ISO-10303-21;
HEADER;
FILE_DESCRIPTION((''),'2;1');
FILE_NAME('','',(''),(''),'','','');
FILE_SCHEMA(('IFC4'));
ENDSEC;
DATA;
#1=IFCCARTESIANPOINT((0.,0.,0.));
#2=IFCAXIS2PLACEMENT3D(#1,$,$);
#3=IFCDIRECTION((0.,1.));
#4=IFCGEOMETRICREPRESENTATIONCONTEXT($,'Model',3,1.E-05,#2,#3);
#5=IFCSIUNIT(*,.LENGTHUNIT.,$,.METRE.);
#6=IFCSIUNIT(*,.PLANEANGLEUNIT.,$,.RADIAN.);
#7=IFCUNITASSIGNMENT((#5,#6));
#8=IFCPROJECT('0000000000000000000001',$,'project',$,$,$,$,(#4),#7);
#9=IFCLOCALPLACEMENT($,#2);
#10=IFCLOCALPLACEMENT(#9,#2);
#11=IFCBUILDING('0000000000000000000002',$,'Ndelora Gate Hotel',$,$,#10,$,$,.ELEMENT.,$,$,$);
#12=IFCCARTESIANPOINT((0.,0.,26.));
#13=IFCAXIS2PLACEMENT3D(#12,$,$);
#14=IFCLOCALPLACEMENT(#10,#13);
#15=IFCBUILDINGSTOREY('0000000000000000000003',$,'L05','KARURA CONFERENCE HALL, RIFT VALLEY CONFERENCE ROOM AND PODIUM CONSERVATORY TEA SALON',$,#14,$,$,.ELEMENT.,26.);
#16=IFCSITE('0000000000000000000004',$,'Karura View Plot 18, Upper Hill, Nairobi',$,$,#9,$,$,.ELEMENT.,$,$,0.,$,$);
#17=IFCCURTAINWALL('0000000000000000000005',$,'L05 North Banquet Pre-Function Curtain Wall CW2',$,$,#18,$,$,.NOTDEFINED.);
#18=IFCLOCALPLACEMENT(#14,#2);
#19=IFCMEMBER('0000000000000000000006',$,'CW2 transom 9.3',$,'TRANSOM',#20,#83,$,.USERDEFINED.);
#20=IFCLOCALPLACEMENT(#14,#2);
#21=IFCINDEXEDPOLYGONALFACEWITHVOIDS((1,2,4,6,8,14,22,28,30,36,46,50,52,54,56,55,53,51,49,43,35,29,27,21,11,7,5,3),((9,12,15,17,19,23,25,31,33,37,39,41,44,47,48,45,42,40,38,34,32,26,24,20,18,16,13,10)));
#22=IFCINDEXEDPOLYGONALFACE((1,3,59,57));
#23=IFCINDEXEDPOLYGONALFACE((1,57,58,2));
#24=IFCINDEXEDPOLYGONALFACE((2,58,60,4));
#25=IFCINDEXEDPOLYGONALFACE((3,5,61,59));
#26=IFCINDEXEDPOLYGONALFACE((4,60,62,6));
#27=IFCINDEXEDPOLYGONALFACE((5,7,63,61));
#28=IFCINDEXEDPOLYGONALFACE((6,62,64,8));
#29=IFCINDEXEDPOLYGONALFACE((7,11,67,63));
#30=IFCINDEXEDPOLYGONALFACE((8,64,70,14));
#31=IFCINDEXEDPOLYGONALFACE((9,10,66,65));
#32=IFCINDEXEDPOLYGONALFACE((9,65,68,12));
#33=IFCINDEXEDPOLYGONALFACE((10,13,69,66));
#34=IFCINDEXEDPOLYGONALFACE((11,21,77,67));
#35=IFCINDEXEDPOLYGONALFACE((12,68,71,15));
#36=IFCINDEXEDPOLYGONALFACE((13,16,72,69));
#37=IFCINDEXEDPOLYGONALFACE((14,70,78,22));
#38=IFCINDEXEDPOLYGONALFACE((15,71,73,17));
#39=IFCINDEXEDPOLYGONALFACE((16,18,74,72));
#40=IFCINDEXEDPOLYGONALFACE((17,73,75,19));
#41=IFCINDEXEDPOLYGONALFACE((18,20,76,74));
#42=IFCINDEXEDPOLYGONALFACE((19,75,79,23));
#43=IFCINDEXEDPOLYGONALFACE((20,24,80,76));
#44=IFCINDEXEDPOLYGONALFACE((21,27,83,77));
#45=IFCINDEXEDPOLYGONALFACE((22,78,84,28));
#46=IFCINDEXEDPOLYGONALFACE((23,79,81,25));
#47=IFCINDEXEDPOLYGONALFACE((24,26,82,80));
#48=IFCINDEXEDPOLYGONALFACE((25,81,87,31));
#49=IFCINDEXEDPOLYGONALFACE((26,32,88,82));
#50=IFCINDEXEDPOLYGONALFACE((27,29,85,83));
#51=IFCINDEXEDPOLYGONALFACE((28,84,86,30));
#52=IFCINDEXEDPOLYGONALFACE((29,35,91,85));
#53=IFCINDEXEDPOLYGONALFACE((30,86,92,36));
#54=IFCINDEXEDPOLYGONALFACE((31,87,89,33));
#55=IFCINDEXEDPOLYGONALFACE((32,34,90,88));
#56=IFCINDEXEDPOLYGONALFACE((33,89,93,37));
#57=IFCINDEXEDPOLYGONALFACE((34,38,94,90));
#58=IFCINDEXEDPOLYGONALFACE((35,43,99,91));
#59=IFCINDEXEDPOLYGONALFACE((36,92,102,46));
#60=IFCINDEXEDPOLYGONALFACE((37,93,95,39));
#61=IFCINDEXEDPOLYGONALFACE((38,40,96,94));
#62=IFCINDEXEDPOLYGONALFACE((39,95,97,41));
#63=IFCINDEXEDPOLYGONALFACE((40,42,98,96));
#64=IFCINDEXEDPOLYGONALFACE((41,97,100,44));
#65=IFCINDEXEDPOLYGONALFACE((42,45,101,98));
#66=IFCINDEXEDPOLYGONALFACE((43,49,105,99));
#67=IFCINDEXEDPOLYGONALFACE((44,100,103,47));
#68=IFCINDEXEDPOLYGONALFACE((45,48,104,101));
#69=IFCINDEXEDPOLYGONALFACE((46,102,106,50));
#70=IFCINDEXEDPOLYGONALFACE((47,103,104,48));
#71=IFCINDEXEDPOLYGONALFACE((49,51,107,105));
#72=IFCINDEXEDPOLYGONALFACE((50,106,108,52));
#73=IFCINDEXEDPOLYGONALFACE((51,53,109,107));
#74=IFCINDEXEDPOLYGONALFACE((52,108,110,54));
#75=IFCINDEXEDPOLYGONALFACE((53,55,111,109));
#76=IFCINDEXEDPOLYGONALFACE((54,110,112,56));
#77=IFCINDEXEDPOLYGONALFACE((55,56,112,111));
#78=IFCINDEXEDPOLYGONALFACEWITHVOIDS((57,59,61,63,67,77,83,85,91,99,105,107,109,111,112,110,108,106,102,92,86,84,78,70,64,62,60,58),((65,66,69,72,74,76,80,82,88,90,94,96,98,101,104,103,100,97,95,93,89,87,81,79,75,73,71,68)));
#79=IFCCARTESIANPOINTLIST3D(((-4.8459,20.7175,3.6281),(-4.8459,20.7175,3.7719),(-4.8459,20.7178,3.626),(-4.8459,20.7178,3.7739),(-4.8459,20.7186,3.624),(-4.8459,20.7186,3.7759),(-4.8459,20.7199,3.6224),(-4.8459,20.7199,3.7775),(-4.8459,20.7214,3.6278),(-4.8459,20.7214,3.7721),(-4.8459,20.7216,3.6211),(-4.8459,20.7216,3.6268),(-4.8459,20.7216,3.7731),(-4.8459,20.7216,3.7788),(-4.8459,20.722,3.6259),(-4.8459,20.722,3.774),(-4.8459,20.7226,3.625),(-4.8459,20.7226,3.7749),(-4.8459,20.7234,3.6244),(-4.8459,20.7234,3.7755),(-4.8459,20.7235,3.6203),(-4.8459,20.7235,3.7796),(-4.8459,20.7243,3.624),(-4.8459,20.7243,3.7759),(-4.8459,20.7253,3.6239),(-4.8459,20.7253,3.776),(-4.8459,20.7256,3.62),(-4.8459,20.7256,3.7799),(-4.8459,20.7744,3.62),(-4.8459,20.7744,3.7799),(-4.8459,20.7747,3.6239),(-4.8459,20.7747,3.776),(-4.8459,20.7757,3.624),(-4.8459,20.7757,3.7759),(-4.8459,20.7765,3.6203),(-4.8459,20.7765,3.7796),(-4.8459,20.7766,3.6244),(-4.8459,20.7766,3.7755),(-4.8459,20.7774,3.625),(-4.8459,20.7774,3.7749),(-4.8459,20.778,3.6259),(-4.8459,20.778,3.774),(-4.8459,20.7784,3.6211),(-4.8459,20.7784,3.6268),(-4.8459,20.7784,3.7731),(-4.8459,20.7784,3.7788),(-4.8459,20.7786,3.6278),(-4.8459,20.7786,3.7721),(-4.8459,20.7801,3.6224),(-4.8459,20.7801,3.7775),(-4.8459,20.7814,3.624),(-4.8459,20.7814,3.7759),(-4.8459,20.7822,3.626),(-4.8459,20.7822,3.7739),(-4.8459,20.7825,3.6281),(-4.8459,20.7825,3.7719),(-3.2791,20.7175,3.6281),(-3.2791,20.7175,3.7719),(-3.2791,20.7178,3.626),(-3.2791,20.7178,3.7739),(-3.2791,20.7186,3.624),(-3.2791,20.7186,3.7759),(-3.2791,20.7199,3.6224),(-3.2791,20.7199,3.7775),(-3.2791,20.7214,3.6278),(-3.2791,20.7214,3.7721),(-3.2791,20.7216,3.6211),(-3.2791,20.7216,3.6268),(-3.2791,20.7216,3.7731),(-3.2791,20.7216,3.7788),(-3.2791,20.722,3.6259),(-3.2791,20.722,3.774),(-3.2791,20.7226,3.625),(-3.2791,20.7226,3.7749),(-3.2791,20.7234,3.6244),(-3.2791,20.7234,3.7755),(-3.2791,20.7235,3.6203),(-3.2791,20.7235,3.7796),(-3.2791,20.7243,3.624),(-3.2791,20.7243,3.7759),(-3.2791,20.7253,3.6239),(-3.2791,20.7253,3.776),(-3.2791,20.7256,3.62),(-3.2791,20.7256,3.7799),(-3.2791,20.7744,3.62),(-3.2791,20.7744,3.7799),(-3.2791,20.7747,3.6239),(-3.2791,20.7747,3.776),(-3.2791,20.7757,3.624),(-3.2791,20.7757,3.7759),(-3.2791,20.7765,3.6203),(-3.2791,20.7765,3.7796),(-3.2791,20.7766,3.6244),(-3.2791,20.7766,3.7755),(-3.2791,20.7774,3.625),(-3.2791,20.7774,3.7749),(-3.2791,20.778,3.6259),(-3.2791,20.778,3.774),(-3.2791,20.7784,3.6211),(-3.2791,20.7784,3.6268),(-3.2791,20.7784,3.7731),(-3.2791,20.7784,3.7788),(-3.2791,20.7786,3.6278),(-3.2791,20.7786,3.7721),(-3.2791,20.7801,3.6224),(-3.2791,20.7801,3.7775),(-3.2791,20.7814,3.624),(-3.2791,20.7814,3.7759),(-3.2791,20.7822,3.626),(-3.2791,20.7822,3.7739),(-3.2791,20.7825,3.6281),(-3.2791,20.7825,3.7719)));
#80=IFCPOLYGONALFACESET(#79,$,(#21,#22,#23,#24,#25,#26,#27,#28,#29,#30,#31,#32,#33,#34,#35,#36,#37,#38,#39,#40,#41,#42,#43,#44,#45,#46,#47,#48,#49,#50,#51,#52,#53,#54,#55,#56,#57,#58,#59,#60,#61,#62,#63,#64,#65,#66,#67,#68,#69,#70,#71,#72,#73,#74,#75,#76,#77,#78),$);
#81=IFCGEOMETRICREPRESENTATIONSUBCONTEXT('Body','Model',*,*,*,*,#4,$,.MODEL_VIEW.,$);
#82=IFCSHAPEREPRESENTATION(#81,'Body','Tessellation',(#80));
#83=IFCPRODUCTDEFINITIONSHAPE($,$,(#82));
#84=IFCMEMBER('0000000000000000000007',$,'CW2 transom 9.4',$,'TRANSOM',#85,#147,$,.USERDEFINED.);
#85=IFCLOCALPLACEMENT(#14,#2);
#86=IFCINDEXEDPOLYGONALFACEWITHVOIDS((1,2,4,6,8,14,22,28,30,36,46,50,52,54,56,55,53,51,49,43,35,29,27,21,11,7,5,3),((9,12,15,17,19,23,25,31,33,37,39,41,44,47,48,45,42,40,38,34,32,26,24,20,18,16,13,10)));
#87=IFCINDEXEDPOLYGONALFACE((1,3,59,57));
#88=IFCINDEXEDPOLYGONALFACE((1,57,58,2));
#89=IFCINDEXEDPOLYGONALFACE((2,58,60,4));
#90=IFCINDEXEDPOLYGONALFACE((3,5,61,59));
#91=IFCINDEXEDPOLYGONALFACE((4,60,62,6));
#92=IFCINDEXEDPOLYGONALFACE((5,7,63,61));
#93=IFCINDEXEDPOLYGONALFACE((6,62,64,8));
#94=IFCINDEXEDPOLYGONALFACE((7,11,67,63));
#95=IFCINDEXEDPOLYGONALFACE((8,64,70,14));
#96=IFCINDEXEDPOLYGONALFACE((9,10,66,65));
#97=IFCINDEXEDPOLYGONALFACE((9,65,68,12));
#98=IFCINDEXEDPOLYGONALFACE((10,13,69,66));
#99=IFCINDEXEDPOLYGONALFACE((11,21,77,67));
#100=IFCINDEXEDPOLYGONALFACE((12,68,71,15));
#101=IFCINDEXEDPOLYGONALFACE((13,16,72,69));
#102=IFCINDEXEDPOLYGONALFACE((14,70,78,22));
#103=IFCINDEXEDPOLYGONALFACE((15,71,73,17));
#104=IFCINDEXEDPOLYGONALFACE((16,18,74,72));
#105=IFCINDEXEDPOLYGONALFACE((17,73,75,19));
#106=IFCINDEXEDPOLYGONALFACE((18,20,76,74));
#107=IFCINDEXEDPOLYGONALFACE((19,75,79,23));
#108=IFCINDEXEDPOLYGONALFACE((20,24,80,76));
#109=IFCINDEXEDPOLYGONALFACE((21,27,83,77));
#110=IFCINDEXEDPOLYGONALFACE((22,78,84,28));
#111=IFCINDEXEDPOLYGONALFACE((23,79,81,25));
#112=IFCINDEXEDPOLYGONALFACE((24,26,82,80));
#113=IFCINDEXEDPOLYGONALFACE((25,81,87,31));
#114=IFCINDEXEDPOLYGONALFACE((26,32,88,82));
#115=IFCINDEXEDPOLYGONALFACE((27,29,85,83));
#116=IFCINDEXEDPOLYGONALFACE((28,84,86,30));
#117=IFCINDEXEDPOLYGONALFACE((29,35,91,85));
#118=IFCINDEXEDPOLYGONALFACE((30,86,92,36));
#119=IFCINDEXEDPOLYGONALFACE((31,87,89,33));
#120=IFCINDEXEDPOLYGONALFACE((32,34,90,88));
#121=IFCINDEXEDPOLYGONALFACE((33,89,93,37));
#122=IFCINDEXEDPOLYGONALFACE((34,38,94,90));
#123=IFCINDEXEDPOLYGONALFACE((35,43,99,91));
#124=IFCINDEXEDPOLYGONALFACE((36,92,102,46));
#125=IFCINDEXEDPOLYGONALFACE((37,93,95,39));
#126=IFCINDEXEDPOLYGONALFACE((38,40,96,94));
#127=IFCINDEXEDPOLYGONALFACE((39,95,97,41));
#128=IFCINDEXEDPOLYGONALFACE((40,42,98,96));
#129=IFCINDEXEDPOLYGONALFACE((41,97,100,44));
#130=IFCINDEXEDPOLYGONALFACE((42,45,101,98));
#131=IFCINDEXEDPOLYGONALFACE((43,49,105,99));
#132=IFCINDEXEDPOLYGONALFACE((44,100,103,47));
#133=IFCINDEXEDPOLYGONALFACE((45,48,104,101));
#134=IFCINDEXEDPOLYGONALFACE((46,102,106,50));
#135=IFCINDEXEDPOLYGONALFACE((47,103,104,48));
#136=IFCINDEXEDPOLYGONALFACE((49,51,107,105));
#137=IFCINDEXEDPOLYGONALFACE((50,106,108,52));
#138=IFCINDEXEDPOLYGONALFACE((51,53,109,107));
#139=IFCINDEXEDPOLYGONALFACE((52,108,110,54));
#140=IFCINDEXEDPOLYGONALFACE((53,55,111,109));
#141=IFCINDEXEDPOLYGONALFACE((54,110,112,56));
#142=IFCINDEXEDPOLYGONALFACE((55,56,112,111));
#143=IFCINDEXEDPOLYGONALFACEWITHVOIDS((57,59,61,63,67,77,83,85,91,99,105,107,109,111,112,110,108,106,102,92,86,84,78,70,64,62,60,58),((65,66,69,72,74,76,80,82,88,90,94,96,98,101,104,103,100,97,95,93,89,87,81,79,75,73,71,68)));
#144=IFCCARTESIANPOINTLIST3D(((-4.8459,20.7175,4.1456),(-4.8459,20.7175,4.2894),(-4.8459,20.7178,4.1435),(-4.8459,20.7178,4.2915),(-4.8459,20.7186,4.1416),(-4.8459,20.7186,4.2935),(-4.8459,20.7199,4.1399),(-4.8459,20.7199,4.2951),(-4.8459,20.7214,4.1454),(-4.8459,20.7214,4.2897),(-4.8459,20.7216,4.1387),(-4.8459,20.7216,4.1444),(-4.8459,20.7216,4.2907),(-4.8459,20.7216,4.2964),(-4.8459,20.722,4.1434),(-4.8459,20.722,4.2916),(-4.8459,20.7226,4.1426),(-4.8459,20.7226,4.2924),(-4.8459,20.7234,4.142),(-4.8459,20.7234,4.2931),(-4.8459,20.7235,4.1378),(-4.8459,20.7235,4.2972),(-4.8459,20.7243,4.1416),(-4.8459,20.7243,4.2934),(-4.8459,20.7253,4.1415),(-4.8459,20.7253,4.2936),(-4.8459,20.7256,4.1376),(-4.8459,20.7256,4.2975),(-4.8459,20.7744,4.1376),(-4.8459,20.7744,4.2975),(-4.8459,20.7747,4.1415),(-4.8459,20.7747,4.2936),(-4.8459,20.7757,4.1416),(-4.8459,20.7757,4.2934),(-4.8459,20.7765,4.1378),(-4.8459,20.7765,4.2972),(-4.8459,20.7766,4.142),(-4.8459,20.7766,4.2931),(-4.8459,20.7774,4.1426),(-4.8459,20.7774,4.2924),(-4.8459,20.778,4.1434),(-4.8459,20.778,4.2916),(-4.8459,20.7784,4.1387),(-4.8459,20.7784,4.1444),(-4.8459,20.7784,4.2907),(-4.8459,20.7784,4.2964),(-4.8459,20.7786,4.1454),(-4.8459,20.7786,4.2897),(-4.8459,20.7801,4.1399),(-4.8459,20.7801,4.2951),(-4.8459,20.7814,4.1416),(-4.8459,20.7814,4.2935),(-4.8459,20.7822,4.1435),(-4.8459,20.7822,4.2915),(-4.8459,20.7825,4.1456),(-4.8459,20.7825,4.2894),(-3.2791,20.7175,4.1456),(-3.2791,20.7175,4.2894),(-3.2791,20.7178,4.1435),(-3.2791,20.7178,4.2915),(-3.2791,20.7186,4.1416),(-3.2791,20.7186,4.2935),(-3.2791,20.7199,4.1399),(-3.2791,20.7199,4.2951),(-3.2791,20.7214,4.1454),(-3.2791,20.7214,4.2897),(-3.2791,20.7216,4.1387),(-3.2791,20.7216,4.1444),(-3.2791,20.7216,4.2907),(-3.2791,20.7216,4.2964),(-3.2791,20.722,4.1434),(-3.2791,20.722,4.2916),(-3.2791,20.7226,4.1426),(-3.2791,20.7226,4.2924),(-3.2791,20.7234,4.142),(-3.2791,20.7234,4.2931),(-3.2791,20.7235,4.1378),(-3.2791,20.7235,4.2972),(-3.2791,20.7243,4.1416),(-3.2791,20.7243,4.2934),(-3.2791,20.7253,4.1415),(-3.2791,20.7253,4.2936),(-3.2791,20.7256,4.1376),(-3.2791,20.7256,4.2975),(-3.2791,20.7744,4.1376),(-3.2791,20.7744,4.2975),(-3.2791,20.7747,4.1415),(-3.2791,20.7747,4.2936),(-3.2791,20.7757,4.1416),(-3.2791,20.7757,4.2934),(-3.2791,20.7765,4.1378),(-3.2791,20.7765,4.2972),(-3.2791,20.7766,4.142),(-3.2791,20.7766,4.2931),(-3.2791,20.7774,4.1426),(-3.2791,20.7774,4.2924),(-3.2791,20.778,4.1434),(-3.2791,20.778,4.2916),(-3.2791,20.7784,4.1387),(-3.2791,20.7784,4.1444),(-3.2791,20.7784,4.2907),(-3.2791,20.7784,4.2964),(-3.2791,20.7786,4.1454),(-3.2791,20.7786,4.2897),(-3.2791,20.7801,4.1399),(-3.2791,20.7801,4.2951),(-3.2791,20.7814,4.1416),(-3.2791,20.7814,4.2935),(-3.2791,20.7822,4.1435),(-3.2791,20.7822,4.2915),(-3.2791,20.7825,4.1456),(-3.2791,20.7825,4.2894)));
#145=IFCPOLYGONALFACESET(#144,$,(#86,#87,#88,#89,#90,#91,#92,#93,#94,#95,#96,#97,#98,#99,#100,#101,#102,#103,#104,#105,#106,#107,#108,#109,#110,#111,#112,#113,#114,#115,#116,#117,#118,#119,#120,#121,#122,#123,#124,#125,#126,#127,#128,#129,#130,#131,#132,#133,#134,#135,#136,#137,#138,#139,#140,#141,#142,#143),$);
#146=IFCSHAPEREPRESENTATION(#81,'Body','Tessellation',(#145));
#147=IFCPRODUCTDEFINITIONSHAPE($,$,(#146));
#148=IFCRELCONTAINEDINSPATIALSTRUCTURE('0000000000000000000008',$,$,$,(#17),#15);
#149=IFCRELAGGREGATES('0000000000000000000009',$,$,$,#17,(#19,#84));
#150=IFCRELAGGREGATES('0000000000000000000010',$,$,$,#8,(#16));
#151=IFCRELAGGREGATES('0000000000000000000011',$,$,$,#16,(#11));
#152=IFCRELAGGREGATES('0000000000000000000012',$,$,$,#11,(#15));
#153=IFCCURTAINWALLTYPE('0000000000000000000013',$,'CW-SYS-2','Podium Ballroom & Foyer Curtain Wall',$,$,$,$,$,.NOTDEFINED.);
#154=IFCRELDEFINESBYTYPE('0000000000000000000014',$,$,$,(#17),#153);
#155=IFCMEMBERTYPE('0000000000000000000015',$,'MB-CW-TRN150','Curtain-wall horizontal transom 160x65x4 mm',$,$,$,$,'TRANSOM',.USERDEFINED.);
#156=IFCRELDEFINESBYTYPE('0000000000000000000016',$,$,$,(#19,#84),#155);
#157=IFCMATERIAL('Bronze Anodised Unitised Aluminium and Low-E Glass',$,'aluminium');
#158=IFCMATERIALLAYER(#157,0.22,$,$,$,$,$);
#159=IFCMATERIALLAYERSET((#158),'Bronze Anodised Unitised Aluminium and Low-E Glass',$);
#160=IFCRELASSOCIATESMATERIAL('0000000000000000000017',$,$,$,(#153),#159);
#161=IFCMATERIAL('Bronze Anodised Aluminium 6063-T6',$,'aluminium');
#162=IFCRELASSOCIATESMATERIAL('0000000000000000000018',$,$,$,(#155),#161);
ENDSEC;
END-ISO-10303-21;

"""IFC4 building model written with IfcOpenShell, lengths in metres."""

from ifc_helpers import new_model, si_unit, direction, frame, origin, origin_2d, place, context, subcontext, project, spatial, hollow_rectangle, extrude, material, layer, layer_set, material_profile, profile_set, type_object, element, aggregate, save


model = new_model("IFC4")

# Units and contexts
model_context = context("Model", 3, precision=1e-05, world=origin(), true_north=direction((0.0, 1.0)))
body_context = subcontext(model_context, "Body", "Model", "MODEL_VIEW")
ifc_project = project(units=[si_unit("LENGTHUNIT", "METRE"), si_unit("PLANEANGLEUNIT", "RADIAN")], contexts=[model_context])

# Site, building, storey
site_placement = place(None, origin())
site = spatial("IfcSite", under=ifc_project, at=site_placement, Name="Karura View Plot 18, Upper Hill, Nairobi", CompositionType="ELEMENT", RefElevation=0.0)
building_placement = place(site_placement, origin())
building = spatial("IfcBuilding", under=site, at=building_placement, Name="Ndelora Gate Hotel", CompositionType="ELEMENT")
storey_placement = place(building_placement, frame((0.0, 0.0, 26.0)))
storey = spatial("IfcBuildingStorey", under=building, at=storey_placement, Name="L05", Description="KARURA CONFERENCE HALL, RIFT VALLEY CONFERENCE ROOM AND PODIUM CONSERVATORY TEA SALON", CompositionType="ELEMENT", Elevation=26.0)

# Curtain wall, members
ifc_material_1 = material(Name="Bronze Anodised Unitised Aluminium and Low-E Glass", Category="aluminium")
ifc_layer_1 = layer(ifc_material_1, 0.22)
ifc_layer_set_1 = layer_set([ifc_layer_1], Name="Bronze Anodised Unitised Aluminium and Low-E Glass")
curtain_wall_type = type_object("IfcCurtainWallType", Name="CW-SYS-2", Description="Podium Ballroom & Foyer Curtain Wall", PredefinedType="NOTDEFINED", material=ifc_layer_set_1)
curtain_wall_placement = place(storey_placement, origin())
curtain_wall = element("IfcCurtainWall", 1, at=curtain_wall_placement, inside=storey, type_object=curtain_wall_type, Name="L05 North Banquet Pre-Function Curtain Wall CW2", PredefinedType="NOTDEFINED")
ifc_material_2 = material(Name="Bronze Anodised Aluminium 6063-T6", Category="aluminium")
ifc_material_profile_1 = material_profile(ifc_material_2, hollow_rectangle(XDim=0.0649, YDim=0.1599, WallThickness=0.0039, InnerFilletRadius=0.0039, OuterFilletRadius=0.0081, at=origin_2d()), Name="ALU 160x65x4")
ifc_profile_set_1 = profile_set([ifc_material_profile_1], Name="Bronze Anodised Aluminium 6063-T6")
member_type_1 = type_object("IfcMemberType", Name="MB-CW-TRN150", Description="Curtain-wall horizontal transom 160x65x4 mm", ElementType="TRANSOM", PredefinedType="USERDEFINED", material=ifc_profile_set_1)
member_1_placement = place(storey_placement, frame((-3.2791, 20.75, 3.7), z_axis=(-1.0, 0.0, 0.0), x_axis=(0.0, -1.0, 0.0)))
member_1 = element("IfcMember", 2, at=member_1_placement, type_object=member_type_1, Name="CW2 transom 9.3", ObjectType="TRANSOM", PredefinedType="USERDEFINED", context=body_context, shape_type="SweptSolid", body=[
    extrude(hollow_rectangle(XDim=0.0649, YDim=0.1599, WallThickness=0.0039, InnerFilletRadius=0.0039, OuterFilletRadius=0.0081, at=origin_2d()), origin(), (0.0, 0.0, 1.0), 1.5669),
])
member_2_placement = place(storey_placement, frame((-3.2791, 20.75, 4.2175), z_axis=(-1.0, 0.0, 0.0), x_axis=(0.0, -1.0, 0.0)))
member_2 = element("IfcMember", 3, at=member_2_placement, type_object=member_type_1, Name="CW2 transom 9.4", ObjectType="TRANSOM", PredefinedType="USERDEFINED", context=body_context, shape_type="SweptSolid", body=[
    extrude(hollow_rectangle(XDim=0.0649, YDim=0.1599, WallThickness=0.0039, InnerFilletRadius=0.0039, OuterFilletRadius=0.0081, at=origin_2d()), origin(), (0.0, 0.0, 1.0), 1.5669),
])
aggregate(curtain_wall, [member_1, member_2])

save(model, "model.ifc")
